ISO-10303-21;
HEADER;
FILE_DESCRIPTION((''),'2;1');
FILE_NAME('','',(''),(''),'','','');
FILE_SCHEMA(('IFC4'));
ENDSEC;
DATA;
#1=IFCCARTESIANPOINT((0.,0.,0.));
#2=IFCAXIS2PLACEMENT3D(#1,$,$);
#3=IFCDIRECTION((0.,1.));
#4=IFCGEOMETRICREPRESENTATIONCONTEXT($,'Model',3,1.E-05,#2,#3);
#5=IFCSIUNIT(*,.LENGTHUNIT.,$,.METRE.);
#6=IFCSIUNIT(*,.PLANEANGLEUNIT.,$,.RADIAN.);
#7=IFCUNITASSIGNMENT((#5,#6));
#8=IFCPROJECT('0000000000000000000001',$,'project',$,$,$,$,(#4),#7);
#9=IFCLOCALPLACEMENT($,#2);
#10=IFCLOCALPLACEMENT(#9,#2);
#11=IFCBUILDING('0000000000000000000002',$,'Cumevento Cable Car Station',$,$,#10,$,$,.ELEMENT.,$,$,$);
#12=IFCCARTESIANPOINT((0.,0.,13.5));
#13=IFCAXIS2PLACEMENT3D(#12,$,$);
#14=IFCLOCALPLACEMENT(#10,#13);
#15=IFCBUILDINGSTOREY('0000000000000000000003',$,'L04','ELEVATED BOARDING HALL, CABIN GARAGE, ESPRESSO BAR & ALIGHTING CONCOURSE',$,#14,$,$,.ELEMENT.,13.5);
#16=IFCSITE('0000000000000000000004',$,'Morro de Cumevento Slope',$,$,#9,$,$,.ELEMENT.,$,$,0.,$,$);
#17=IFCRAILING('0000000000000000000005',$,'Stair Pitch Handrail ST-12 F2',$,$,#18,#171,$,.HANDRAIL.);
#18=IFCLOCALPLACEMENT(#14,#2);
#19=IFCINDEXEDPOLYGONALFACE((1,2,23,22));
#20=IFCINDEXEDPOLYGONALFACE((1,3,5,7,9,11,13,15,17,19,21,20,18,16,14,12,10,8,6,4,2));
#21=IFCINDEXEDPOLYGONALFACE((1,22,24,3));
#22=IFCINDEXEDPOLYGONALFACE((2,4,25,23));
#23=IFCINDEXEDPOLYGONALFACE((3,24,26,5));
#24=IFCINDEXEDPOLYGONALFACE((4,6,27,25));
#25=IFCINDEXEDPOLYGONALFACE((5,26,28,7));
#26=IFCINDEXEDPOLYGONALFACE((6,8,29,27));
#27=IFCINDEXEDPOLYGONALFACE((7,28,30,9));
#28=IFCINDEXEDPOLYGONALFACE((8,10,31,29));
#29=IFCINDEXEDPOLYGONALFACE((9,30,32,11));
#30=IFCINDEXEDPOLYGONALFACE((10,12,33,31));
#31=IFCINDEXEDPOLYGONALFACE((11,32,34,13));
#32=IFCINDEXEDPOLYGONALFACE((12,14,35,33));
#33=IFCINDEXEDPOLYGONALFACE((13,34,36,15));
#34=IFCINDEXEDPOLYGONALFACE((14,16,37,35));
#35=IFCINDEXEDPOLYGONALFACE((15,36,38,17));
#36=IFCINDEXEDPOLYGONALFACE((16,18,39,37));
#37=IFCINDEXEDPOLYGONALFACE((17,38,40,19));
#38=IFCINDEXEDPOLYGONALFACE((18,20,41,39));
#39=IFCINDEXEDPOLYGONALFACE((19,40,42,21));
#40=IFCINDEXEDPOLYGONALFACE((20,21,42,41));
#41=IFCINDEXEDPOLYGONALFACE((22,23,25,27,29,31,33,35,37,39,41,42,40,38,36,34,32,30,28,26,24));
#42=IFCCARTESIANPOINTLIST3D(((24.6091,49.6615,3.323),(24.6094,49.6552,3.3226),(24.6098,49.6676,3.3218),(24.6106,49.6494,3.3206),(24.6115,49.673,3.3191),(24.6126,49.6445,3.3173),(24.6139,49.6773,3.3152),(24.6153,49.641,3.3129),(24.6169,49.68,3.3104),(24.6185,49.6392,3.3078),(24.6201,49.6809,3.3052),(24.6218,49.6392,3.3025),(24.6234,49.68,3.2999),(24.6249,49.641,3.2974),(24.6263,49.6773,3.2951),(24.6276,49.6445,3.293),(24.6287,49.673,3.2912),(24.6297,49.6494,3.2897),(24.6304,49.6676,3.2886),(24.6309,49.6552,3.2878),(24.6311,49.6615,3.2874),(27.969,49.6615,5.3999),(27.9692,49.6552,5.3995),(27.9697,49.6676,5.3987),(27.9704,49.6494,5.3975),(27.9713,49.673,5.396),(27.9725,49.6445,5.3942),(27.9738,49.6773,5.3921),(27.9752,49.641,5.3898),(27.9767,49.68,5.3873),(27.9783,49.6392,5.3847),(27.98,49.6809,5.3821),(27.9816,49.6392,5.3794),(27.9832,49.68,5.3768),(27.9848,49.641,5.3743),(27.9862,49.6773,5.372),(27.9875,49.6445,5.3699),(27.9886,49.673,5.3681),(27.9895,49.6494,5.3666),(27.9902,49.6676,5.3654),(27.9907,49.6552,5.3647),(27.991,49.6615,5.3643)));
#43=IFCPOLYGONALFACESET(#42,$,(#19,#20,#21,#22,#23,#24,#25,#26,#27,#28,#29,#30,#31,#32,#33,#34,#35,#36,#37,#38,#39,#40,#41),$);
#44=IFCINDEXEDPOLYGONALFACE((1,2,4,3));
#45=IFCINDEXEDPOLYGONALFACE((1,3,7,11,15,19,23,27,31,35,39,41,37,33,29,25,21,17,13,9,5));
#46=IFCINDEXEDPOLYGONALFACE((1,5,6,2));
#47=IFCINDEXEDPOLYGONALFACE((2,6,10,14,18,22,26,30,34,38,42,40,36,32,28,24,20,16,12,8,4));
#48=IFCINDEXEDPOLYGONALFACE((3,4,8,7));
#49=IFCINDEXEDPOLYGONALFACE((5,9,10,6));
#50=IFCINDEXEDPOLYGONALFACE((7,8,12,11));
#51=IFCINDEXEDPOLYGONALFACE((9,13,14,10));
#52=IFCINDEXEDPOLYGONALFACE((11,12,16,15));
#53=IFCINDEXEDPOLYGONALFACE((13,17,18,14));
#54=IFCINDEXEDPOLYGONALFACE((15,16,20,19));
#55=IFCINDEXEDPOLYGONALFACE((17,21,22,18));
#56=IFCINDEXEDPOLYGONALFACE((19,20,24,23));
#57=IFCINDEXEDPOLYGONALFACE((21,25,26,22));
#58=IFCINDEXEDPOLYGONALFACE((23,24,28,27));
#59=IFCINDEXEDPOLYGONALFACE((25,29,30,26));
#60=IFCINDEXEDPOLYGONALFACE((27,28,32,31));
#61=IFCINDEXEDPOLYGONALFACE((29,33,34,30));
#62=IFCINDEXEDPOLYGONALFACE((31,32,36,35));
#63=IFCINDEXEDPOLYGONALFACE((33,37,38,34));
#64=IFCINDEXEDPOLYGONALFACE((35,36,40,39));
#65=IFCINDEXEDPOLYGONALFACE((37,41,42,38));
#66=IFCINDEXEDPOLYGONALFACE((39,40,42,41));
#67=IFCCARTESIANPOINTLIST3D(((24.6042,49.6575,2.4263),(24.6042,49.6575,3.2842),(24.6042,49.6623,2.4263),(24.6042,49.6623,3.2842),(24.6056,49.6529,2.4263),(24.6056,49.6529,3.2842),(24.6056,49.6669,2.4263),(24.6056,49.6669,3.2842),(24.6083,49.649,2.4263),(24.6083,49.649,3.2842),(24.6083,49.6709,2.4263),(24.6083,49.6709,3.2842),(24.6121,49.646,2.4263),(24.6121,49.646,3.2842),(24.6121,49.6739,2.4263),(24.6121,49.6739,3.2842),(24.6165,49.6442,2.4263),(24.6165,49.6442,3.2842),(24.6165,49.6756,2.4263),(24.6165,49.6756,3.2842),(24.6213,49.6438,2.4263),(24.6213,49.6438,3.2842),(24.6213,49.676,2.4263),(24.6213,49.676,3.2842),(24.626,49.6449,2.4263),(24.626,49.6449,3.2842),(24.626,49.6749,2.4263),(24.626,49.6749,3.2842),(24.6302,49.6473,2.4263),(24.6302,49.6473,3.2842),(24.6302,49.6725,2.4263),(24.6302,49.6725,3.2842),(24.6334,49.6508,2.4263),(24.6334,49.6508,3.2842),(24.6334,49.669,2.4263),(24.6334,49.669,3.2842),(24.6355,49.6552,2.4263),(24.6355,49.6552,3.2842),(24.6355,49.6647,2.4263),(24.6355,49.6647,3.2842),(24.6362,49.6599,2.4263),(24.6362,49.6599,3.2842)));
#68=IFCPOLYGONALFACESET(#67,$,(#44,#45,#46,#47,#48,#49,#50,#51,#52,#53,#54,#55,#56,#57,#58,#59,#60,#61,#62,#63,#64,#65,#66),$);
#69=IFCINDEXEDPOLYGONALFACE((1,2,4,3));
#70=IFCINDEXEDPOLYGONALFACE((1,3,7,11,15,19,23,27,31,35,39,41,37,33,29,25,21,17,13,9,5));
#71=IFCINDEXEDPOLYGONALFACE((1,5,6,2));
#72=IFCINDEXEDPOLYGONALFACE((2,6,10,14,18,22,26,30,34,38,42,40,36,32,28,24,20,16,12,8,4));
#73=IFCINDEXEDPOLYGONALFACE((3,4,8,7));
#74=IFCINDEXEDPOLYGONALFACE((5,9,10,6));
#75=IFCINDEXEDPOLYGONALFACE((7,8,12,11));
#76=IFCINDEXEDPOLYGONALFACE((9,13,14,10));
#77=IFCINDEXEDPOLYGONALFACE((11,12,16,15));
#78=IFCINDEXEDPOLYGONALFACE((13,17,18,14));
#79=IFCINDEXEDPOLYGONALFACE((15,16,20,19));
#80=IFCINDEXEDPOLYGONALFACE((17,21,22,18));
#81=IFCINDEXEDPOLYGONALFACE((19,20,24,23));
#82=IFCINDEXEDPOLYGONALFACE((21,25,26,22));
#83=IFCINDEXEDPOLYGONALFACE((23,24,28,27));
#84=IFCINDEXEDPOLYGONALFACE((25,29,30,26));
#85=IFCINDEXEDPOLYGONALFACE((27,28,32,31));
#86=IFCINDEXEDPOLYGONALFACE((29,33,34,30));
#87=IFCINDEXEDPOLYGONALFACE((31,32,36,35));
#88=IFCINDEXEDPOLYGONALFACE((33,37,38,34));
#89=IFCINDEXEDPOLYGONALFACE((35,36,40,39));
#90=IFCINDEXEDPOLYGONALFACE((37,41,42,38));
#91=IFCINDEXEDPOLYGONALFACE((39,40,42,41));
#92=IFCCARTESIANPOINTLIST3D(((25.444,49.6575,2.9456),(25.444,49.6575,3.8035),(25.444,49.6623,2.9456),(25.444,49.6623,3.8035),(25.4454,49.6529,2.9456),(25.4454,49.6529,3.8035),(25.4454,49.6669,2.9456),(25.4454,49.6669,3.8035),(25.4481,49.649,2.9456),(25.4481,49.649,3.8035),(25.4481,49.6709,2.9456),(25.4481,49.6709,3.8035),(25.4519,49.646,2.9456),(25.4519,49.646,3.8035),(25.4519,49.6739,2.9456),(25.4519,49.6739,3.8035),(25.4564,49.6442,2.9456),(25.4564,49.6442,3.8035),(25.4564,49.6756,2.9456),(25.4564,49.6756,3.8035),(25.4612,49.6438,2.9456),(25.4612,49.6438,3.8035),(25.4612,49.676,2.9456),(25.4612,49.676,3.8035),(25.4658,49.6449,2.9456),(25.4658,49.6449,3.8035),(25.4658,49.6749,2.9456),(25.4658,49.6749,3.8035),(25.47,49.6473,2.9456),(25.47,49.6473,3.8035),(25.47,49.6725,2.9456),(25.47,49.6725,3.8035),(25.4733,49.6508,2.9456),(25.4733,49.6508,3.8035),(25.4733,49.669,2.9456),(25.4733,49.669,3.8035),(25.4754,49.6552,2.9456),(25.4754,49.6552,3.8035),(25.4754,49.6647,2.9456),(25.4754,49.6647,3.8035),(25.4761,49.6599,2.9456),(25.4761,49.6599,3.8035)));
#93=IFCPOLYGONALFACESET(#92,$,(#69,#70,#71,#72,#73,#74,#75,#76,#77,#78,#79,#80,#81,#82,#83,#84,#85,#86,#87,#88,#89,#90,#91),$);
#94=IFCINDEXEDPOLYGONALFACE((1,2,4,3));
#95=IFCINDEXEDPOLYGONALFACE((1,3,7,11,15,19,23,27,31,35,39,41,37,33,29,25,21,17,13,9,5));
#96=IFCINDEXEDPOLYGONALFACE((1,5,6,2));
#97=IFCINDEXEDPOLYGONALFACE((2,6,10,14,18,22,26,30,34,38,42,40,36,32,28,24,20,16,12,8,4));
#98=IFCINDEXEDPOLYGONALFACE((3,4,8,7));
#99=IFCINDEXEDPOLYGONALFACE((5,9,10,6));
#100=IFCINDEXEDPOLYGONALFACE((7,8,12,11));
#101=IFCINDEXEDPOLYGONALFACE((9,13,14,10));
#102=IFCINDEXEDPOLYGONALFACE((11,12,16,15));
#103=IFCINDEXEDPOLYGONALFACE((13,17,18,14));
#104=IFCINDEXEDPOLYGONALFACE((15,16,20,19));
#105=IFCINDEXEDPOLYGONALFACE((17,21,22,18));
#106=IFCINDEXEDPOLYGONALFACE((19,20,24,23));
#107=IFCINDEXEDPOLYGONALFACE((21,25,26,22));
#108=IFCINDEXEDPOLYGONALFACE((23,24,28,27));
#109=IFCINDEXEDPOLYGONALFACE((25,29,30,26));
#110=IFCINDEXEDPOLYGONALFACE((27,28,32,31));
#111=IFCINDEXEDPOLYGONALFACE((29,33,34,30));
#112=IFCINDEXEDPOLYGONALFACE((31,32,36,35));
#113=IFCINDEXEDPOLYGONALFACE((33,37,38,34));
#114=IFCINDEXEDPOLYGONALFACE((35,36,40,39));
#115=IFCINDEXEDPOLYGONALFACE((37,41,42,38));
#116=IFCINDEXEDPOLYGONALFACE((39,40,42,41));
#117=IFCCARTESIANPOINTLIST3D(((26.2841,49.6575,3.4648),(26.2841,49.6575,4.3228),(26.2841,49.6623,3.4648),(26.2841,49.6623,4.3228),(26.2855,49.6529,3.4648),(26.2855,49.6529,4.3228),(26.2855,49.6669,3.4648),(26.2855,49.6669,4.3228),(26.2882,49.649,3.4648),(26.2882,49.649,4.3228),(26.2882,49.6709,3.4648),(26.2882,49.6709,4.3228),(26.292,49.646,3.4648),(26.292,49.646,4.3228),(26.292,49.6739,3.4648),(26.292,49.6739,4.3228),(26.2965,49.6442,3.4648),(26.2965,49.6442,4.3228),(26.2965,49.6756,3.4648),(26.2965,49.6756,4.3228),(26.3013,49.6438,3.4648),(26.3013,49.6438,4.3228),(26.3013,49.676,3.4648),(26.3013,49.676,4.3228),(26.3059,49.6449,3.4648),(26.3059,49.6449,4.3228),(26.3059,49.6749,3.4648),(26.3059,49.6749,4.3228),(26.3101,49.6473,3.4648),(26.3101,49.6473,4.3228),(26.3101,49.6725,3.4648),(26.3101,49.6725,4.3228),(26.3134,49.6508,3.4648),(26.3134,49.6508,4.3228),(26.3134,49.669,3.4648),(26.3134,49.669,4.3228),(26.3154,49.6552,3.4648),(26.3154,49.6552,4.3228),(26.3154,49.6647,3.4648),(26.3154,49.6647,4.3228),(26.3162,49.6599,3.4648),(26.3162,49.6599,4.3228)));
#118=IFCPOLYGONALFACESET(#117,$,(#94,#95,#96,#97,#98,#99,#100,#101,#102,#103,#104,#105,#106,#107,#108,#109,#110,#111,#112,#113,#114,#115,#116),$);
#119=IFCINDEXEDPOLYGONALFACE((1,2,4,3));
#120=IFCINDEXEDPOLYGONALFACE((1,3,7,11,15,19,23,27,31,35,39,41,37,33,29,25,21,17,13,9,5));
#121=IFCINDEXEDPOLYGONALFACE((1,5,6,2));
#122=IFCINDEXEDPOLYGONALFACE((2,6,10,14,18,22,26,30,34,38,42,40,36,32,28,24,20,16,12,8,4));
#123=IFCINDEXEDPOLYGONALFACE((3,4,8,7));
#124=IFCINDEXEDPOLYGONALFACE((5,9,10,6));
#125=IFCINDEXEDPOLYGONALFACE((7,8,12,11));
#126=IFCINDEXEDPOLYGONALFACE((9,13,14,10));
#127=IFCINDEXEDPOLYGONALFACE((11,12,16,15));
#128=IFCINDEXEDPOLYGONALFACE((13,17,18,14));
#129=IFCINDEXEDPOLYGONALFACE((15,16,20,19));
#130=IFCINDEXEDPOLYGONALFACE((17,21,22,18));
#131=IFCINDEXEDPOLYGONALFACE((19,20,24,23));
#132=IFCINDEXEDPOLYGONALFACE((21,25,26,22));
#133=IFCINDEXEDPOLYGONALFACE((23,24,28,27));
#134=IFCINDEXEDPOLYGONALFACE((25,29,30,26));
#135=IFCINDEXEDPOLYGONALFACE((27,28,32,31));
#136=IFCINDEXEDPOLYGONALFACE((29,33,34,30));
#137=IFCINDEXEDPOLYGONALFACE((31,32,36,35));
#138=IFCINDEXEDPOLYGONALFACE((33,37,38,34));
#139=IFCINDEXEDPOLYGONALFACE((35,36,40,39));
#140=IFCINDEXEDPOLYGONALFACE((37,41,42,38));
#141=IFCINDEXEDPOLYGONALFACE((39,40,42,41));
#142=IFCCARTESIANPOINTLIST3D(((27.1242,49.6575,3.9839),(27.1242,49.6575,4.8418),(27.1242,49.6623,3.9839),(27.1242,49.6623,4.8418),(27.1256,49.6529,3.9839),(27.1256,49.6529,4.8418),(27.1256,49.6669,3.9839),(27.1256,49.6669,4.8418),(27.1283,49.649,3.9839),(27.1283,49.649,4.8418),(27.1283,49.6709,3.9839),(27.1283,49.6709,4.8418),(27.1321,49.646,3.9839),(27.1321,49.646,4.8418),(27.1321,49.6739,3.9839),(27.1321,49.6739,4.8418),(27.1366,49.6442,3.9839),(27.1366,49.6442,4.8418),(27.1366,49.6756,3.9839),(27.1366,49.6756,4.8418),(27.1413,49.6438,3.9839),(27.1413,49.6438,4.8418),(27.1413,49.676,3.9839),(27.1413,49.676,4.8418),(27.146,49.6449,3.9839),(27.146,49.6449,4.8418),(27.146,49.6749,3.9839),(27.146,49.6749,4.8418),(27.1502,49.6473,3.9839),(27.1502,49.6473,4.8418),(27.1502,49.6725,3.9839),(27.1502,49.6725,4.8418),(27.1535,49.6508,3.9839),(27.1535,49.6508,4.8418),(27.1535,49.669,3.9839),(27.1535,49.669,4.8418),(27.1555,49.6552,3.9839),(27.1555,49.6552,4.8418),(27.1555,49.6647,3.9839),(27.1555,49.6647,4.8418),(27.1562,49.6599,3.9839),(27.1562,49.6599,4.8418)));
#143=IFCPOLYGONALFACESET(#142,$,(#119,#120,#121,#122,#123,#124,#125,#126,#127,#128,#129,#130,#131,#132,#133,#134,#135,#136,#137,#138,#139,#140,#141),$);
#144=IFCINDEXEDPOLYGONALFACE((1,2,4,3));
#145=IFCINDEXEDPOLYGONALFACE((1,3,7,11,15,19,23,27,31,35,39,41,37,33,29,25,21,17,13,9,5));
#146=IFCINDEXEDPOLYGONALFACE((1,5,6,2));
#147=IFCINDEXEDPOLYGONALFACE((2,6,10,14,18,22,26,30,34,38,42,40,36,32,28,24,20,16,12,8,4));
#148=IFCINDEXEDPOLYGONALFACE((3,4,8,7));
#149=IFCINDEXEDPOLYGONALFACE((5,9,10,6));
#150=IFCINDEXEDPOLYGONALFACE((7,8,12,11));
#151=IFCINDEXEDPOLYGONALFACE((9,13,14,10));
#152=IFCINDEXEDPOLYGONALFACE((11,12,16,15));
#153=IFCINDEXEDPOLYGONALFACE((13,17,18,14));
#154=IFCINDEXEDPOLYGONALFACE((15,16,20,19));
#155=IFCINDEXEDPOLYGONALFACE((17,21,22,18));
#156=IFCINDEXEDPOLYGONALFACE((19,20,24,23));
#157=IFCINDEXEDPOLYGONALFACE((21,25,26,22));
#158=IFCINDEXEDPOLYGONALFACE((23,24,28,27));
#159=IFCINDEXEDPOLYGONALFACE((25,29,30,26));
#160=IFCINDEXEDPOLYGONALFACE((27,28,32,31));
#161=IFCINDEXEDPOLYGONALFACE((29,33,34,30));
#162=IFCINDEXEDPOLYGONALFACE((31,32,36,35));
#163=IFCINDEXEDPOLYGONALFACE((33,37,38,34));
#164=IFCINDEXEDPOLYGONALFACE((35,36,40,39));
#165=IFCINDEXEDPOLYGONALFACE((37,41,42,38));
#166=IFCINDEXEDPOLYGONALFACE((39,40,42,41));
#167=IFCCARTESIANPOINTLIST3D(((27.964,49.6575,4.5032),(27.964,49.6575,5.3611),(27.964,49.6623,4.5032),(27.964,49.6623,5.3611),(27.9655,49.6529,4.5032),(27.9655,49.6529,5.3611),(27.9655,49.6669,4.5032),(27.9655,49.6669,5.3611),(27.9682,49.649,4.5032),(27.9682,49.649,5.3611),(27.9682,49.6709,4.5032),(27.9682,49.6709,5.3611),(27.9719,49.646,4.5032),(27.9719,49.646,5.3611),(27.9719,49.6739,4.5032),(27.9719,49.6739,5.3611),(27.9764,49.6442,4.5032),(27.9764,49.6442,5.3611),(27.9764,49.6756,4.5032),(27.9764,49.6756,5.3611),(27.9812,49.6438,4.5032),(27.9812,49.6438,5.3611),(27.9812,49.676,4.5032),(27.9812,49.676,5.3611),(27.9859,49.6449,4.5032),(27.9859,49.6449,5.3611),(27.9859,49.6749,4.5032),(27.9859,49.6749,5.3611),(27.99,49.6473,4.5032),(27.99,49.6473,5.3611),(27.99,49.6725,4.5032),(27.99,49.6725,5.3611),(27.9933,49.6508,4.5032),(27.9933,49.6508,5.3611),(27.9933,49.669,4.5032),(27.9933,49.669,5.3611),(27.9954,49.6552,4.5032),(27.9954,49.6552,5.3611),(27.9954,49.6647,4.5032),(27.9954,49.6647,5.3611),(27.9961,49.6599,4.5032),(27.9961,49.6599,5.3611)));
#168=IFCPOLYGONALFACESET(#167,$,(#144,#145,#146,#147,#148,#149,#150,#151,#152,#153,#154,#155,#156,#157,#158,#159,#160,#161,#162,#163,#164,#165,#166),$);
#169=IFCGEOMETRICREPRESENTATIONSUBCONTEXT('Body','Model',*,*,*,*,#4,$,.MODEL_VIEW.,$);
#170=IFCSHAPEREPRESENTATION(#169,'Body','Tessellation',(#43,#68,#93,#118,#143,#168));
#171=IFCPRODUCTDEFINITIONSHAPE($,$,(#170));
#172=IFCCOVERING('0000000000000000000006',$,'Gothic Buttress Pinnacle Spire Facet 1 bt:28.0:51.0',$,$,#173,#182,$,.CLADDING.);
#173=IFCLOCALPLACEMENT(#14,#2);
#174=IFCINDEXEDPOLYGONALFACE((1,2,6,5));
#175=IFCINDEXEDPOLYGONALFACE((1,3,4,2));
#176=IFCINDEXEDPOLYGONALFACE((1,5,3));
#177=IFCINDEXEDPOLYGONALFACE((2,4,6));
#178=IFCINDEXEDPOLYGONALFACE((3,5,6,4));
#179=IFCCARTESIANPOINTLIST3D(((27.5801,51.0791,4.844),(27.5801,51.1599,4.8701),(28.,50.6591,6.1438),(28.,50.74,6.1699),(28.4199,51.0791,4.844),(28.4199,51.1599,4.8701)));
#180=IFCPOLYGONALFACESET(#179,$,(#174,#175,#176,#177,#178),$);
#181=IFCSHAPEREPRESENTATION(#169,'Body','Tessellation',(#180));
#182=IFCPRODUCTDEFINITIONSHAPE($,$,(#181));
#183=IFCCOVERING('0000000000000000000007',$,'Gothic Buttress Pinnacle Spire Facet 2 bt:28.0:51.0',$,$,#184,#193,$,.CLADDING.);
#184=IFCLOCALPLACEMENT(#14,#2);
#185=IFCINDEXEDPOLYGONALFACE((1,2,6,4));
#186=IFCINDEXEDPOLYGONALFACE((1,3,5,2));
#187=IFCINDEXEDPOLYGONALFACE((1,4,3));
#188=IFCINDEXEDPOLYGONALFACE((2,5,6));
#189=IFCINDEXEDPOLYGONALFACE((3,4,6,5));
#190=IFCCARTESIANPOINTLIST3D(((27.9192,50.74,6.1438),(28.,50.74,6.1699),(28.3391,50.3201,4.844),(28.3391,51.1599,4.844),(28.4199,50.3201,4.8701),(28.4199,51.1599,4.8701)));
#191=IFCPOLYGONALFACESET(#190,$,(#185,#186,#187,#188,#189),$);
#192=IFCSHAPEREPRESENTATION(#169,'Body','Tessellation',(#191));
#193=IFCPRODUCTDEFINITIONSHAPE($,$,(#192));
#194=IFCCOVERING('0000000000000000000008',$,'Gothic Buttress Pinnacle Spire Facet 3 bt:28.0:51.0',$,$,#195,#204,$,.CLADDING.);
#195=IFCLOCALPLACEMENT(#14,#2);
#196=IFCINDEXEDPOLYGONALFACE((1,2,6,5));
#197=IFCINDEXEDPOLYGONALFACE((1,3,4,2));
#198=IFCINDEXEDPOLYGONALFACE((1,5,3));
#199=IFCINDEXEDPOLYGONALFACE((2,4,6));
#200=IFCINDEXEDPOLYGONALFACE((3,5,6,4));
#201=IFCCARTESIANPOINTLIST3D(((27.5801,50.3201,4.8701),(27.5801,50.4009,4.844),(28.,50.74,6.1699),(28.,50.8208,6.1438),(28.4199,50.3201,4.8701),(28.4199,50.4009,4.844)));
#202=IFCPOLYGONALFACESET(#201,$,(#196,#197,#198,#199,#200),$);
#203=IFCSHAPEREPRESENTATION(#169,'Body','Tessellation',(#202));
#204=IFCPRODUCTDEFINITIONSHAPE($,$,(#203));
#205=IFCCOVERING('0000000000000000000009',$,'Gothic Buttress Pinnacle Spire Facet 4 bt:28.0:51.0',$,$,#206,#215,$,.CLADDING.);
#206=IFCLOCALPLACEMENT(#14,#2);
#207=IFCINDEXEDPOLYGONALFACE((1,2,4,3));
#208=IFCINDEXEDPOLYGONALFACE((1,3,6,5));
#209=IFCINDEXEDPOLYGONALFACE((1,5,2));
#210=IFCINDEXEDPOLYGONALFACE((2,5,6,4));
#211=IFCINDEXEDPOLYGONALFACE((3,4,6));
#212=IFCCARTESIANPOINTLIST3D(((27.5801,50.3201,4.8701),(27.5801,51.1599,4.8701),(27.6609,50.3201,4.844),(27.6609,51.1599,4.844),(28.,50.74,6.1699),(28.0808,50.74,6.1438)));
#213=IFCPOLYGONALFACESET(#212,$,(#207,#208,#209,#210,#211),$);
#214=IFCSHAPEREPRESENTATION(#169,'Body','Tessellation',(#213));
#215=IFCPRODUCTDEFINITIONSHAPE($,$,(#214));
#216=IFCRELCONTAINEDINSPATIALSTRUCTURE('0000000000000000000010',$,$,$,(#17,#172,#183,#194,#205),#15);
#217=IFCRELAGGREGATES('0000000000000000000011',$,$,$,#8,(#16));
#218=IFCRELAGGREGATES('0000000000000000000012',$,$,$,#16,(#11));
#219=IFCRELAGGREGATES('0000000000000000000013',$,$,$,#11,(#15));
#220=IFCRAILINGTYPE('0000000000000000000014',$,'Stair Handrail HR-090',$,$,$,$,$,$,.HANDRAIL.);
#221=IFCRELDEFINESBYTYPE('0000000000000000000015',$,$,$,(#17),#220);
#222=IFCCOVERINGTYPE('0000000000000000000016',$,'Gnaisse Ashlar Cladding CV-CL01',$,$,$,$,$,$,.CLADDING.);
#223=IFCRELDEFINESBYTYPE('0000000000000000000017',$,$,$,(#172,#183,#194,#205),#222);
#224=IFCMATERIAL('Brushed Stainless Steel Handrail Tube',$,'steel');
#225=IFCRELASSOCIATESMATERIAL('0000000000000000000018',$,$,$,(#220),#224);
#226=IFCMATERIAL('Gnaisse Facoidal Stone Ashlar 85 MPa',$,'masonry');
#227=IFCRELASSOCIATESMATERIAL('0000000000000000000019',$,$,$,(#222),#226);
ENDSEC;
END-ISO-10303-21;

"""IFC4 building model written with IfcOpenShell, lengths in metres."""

from ifc_helpers import new_model, si_unit, direction, frame, origin, origin_2d, place, context, subcontext, project, spatial, polyline, circle, outline, extrude, material, type_object, element, save


model = new_model("IFC4")

# Units and contexts
model_context = context("Model", 3, precision=1e-05, world=origin(), true_north=direction((0.0, 1.0)))
body_context = subcontext(model_context, "Body", "Model", "MODEL_VIEW")
ifc_project = project(units=[si_unit("LENGTHUNIT", "METRE"), si_unit("PLANEANGLEUNIT", "RADIAN")], contexts=[model_context])

# Site, building, storey
site_placement = place(None, origin())
site = spatial("IfcSite", under=ifc_project, at=site_placement, Name="Morro de Cumevento Slope", CompositionType="ELEMENT", RefElevation=0.0)
building_placement = place(site_placement, origin())
building = spatial("IfcBuilding", under=site, at=building_placement, Name="Cumevento Cable Car Station", CompositionType="ELEMENT")
storey_placement = place(building_placement, frame((0.0, 0.0, 13.5)))
storey = spatial("IfcBuildingStorey", under=building, at=storey_placement, Name="L04", Description="ELEVATED BOARDING HALL, CABIN GARAGE, ESPRESSO BAR & ALIGHTING CONCOURSE", CompositionType="ELEMENT", Elevation=13.5)

# Railing
ifc_material_1 = material(Name="Brushed Stainless Steel Handrail Tube", Category="steel")
railing_type_1 = type_object("IfcRailingType", Name="Stair Handrail HR-090", PredefinedType="HANDRAIL", material=ifc_material_1)
railing_1_placement = place(storey_placement, frame((24.6201, 49.6599, 2.4263)))
element("IfcRailing", 1, at=railing_1_placement, inside=storey, type_object=railing_type_1, Name="Stair Pitch Handrail ST-12 F2", PredefinedType="HANDRAIL", context=body_context, shape_type="SweptSolid", body=[
    extrude(circle(Radius=0.021, at=origin_2d()), frame((0.0, 0.0, 0.8789), z_axis=(0.850606, 0.0, 0.525803), x_axis=(0.0, 1.0, 0.0)), (0.0, 0.0, 1.0), 3.95),
    extrude(circle(Radius=0.0161, at=origin_2d()), origin(), (0.0, 0.0, 1.0), 0.8579),
    extrude(circle(Radius=0.0161, at=origin_2d()), frame((0.8398, 0.0, 0.5193)), (0.0, 0.0, 1.0), 0.8579),
    extrude(circle(Radius=0.0161, at=origin_2d()), frame((1.6799, 0.0, 1.0386)), (0.0, 0.0, 1.0), 0.8579),
    extrude(circle(Radius=0.0161, at=origin_2d()), frame((2.52, 0.0, 1.5576)), (0.0, 0.0, 1.0), 0.8579),
    extrude(circle(Radius=0.0161, at=origin_2d()), frame((3.3599, 0.0, 2.0769)), (0.0, 0.0, 1.0), 0.8579),
])

# Coverings
ifc_material_2 = material(Name="Gnaisse Facoidal Stone Ashlar 85 MPa", Category="masonry")
covering_type = type_object("IfcCoveringType", Name="Gnaisse Ashlar Cladding CV-CL01", PredefinedType="CLADDING", material=ifc_material_2)
for number, where, z_axis, x_axis, name in (
    (2, (27.5801, 51.1599, 4.8701), (0.0, 0.951574, 0.307421), (1.0, 0.0, 0.0), "Gothic Buttress Pinnacle Spire Facet 1 bt:28.0:51.0"),
    (3, (28.4199, 51.1599, 4.8701), (0.951574, 0.0, 0.307421), (0.0, -1.0, 0.0), "Gothic Buttress Pinnacle Spire Facet 2 bt:28.0:51.0"),
    (4, (28.4199, 50.3201, 4.8701), (0.0, -0.951574, 0.307421), (-1.0, 0.0, 0.0), "Gothic Buttress Pinnacle Spire Facet 3 bt:28.0:51.0"),
    (5, (27.5801, 50.3201, 4.8701), (-0.951574, 0.0, 0.307421), (0.0, 1.0, 0.0), "Gothic Buttress Pinnacle Spire Facet 4 bt:28.0:51.0"),
):
    element("IfcCovering", number, at=place(storey_placement, frame(where, z_axis=z_axis, x_axis=x_axis)), inside=storey, type_object=covering_type, Name=name, PredefinedType="CLADDING", context=body_context, shape_type="SweptSolid", body=[
        extrude(outline(polyline([(0.0, 0.0), (0.8398, 0.0), (0.4199, -1.366), (0.0, 0.0)])), origin(), (0.0, 0.0, -1.0), 0.085),
    ])

save(model, "model.ifc")
